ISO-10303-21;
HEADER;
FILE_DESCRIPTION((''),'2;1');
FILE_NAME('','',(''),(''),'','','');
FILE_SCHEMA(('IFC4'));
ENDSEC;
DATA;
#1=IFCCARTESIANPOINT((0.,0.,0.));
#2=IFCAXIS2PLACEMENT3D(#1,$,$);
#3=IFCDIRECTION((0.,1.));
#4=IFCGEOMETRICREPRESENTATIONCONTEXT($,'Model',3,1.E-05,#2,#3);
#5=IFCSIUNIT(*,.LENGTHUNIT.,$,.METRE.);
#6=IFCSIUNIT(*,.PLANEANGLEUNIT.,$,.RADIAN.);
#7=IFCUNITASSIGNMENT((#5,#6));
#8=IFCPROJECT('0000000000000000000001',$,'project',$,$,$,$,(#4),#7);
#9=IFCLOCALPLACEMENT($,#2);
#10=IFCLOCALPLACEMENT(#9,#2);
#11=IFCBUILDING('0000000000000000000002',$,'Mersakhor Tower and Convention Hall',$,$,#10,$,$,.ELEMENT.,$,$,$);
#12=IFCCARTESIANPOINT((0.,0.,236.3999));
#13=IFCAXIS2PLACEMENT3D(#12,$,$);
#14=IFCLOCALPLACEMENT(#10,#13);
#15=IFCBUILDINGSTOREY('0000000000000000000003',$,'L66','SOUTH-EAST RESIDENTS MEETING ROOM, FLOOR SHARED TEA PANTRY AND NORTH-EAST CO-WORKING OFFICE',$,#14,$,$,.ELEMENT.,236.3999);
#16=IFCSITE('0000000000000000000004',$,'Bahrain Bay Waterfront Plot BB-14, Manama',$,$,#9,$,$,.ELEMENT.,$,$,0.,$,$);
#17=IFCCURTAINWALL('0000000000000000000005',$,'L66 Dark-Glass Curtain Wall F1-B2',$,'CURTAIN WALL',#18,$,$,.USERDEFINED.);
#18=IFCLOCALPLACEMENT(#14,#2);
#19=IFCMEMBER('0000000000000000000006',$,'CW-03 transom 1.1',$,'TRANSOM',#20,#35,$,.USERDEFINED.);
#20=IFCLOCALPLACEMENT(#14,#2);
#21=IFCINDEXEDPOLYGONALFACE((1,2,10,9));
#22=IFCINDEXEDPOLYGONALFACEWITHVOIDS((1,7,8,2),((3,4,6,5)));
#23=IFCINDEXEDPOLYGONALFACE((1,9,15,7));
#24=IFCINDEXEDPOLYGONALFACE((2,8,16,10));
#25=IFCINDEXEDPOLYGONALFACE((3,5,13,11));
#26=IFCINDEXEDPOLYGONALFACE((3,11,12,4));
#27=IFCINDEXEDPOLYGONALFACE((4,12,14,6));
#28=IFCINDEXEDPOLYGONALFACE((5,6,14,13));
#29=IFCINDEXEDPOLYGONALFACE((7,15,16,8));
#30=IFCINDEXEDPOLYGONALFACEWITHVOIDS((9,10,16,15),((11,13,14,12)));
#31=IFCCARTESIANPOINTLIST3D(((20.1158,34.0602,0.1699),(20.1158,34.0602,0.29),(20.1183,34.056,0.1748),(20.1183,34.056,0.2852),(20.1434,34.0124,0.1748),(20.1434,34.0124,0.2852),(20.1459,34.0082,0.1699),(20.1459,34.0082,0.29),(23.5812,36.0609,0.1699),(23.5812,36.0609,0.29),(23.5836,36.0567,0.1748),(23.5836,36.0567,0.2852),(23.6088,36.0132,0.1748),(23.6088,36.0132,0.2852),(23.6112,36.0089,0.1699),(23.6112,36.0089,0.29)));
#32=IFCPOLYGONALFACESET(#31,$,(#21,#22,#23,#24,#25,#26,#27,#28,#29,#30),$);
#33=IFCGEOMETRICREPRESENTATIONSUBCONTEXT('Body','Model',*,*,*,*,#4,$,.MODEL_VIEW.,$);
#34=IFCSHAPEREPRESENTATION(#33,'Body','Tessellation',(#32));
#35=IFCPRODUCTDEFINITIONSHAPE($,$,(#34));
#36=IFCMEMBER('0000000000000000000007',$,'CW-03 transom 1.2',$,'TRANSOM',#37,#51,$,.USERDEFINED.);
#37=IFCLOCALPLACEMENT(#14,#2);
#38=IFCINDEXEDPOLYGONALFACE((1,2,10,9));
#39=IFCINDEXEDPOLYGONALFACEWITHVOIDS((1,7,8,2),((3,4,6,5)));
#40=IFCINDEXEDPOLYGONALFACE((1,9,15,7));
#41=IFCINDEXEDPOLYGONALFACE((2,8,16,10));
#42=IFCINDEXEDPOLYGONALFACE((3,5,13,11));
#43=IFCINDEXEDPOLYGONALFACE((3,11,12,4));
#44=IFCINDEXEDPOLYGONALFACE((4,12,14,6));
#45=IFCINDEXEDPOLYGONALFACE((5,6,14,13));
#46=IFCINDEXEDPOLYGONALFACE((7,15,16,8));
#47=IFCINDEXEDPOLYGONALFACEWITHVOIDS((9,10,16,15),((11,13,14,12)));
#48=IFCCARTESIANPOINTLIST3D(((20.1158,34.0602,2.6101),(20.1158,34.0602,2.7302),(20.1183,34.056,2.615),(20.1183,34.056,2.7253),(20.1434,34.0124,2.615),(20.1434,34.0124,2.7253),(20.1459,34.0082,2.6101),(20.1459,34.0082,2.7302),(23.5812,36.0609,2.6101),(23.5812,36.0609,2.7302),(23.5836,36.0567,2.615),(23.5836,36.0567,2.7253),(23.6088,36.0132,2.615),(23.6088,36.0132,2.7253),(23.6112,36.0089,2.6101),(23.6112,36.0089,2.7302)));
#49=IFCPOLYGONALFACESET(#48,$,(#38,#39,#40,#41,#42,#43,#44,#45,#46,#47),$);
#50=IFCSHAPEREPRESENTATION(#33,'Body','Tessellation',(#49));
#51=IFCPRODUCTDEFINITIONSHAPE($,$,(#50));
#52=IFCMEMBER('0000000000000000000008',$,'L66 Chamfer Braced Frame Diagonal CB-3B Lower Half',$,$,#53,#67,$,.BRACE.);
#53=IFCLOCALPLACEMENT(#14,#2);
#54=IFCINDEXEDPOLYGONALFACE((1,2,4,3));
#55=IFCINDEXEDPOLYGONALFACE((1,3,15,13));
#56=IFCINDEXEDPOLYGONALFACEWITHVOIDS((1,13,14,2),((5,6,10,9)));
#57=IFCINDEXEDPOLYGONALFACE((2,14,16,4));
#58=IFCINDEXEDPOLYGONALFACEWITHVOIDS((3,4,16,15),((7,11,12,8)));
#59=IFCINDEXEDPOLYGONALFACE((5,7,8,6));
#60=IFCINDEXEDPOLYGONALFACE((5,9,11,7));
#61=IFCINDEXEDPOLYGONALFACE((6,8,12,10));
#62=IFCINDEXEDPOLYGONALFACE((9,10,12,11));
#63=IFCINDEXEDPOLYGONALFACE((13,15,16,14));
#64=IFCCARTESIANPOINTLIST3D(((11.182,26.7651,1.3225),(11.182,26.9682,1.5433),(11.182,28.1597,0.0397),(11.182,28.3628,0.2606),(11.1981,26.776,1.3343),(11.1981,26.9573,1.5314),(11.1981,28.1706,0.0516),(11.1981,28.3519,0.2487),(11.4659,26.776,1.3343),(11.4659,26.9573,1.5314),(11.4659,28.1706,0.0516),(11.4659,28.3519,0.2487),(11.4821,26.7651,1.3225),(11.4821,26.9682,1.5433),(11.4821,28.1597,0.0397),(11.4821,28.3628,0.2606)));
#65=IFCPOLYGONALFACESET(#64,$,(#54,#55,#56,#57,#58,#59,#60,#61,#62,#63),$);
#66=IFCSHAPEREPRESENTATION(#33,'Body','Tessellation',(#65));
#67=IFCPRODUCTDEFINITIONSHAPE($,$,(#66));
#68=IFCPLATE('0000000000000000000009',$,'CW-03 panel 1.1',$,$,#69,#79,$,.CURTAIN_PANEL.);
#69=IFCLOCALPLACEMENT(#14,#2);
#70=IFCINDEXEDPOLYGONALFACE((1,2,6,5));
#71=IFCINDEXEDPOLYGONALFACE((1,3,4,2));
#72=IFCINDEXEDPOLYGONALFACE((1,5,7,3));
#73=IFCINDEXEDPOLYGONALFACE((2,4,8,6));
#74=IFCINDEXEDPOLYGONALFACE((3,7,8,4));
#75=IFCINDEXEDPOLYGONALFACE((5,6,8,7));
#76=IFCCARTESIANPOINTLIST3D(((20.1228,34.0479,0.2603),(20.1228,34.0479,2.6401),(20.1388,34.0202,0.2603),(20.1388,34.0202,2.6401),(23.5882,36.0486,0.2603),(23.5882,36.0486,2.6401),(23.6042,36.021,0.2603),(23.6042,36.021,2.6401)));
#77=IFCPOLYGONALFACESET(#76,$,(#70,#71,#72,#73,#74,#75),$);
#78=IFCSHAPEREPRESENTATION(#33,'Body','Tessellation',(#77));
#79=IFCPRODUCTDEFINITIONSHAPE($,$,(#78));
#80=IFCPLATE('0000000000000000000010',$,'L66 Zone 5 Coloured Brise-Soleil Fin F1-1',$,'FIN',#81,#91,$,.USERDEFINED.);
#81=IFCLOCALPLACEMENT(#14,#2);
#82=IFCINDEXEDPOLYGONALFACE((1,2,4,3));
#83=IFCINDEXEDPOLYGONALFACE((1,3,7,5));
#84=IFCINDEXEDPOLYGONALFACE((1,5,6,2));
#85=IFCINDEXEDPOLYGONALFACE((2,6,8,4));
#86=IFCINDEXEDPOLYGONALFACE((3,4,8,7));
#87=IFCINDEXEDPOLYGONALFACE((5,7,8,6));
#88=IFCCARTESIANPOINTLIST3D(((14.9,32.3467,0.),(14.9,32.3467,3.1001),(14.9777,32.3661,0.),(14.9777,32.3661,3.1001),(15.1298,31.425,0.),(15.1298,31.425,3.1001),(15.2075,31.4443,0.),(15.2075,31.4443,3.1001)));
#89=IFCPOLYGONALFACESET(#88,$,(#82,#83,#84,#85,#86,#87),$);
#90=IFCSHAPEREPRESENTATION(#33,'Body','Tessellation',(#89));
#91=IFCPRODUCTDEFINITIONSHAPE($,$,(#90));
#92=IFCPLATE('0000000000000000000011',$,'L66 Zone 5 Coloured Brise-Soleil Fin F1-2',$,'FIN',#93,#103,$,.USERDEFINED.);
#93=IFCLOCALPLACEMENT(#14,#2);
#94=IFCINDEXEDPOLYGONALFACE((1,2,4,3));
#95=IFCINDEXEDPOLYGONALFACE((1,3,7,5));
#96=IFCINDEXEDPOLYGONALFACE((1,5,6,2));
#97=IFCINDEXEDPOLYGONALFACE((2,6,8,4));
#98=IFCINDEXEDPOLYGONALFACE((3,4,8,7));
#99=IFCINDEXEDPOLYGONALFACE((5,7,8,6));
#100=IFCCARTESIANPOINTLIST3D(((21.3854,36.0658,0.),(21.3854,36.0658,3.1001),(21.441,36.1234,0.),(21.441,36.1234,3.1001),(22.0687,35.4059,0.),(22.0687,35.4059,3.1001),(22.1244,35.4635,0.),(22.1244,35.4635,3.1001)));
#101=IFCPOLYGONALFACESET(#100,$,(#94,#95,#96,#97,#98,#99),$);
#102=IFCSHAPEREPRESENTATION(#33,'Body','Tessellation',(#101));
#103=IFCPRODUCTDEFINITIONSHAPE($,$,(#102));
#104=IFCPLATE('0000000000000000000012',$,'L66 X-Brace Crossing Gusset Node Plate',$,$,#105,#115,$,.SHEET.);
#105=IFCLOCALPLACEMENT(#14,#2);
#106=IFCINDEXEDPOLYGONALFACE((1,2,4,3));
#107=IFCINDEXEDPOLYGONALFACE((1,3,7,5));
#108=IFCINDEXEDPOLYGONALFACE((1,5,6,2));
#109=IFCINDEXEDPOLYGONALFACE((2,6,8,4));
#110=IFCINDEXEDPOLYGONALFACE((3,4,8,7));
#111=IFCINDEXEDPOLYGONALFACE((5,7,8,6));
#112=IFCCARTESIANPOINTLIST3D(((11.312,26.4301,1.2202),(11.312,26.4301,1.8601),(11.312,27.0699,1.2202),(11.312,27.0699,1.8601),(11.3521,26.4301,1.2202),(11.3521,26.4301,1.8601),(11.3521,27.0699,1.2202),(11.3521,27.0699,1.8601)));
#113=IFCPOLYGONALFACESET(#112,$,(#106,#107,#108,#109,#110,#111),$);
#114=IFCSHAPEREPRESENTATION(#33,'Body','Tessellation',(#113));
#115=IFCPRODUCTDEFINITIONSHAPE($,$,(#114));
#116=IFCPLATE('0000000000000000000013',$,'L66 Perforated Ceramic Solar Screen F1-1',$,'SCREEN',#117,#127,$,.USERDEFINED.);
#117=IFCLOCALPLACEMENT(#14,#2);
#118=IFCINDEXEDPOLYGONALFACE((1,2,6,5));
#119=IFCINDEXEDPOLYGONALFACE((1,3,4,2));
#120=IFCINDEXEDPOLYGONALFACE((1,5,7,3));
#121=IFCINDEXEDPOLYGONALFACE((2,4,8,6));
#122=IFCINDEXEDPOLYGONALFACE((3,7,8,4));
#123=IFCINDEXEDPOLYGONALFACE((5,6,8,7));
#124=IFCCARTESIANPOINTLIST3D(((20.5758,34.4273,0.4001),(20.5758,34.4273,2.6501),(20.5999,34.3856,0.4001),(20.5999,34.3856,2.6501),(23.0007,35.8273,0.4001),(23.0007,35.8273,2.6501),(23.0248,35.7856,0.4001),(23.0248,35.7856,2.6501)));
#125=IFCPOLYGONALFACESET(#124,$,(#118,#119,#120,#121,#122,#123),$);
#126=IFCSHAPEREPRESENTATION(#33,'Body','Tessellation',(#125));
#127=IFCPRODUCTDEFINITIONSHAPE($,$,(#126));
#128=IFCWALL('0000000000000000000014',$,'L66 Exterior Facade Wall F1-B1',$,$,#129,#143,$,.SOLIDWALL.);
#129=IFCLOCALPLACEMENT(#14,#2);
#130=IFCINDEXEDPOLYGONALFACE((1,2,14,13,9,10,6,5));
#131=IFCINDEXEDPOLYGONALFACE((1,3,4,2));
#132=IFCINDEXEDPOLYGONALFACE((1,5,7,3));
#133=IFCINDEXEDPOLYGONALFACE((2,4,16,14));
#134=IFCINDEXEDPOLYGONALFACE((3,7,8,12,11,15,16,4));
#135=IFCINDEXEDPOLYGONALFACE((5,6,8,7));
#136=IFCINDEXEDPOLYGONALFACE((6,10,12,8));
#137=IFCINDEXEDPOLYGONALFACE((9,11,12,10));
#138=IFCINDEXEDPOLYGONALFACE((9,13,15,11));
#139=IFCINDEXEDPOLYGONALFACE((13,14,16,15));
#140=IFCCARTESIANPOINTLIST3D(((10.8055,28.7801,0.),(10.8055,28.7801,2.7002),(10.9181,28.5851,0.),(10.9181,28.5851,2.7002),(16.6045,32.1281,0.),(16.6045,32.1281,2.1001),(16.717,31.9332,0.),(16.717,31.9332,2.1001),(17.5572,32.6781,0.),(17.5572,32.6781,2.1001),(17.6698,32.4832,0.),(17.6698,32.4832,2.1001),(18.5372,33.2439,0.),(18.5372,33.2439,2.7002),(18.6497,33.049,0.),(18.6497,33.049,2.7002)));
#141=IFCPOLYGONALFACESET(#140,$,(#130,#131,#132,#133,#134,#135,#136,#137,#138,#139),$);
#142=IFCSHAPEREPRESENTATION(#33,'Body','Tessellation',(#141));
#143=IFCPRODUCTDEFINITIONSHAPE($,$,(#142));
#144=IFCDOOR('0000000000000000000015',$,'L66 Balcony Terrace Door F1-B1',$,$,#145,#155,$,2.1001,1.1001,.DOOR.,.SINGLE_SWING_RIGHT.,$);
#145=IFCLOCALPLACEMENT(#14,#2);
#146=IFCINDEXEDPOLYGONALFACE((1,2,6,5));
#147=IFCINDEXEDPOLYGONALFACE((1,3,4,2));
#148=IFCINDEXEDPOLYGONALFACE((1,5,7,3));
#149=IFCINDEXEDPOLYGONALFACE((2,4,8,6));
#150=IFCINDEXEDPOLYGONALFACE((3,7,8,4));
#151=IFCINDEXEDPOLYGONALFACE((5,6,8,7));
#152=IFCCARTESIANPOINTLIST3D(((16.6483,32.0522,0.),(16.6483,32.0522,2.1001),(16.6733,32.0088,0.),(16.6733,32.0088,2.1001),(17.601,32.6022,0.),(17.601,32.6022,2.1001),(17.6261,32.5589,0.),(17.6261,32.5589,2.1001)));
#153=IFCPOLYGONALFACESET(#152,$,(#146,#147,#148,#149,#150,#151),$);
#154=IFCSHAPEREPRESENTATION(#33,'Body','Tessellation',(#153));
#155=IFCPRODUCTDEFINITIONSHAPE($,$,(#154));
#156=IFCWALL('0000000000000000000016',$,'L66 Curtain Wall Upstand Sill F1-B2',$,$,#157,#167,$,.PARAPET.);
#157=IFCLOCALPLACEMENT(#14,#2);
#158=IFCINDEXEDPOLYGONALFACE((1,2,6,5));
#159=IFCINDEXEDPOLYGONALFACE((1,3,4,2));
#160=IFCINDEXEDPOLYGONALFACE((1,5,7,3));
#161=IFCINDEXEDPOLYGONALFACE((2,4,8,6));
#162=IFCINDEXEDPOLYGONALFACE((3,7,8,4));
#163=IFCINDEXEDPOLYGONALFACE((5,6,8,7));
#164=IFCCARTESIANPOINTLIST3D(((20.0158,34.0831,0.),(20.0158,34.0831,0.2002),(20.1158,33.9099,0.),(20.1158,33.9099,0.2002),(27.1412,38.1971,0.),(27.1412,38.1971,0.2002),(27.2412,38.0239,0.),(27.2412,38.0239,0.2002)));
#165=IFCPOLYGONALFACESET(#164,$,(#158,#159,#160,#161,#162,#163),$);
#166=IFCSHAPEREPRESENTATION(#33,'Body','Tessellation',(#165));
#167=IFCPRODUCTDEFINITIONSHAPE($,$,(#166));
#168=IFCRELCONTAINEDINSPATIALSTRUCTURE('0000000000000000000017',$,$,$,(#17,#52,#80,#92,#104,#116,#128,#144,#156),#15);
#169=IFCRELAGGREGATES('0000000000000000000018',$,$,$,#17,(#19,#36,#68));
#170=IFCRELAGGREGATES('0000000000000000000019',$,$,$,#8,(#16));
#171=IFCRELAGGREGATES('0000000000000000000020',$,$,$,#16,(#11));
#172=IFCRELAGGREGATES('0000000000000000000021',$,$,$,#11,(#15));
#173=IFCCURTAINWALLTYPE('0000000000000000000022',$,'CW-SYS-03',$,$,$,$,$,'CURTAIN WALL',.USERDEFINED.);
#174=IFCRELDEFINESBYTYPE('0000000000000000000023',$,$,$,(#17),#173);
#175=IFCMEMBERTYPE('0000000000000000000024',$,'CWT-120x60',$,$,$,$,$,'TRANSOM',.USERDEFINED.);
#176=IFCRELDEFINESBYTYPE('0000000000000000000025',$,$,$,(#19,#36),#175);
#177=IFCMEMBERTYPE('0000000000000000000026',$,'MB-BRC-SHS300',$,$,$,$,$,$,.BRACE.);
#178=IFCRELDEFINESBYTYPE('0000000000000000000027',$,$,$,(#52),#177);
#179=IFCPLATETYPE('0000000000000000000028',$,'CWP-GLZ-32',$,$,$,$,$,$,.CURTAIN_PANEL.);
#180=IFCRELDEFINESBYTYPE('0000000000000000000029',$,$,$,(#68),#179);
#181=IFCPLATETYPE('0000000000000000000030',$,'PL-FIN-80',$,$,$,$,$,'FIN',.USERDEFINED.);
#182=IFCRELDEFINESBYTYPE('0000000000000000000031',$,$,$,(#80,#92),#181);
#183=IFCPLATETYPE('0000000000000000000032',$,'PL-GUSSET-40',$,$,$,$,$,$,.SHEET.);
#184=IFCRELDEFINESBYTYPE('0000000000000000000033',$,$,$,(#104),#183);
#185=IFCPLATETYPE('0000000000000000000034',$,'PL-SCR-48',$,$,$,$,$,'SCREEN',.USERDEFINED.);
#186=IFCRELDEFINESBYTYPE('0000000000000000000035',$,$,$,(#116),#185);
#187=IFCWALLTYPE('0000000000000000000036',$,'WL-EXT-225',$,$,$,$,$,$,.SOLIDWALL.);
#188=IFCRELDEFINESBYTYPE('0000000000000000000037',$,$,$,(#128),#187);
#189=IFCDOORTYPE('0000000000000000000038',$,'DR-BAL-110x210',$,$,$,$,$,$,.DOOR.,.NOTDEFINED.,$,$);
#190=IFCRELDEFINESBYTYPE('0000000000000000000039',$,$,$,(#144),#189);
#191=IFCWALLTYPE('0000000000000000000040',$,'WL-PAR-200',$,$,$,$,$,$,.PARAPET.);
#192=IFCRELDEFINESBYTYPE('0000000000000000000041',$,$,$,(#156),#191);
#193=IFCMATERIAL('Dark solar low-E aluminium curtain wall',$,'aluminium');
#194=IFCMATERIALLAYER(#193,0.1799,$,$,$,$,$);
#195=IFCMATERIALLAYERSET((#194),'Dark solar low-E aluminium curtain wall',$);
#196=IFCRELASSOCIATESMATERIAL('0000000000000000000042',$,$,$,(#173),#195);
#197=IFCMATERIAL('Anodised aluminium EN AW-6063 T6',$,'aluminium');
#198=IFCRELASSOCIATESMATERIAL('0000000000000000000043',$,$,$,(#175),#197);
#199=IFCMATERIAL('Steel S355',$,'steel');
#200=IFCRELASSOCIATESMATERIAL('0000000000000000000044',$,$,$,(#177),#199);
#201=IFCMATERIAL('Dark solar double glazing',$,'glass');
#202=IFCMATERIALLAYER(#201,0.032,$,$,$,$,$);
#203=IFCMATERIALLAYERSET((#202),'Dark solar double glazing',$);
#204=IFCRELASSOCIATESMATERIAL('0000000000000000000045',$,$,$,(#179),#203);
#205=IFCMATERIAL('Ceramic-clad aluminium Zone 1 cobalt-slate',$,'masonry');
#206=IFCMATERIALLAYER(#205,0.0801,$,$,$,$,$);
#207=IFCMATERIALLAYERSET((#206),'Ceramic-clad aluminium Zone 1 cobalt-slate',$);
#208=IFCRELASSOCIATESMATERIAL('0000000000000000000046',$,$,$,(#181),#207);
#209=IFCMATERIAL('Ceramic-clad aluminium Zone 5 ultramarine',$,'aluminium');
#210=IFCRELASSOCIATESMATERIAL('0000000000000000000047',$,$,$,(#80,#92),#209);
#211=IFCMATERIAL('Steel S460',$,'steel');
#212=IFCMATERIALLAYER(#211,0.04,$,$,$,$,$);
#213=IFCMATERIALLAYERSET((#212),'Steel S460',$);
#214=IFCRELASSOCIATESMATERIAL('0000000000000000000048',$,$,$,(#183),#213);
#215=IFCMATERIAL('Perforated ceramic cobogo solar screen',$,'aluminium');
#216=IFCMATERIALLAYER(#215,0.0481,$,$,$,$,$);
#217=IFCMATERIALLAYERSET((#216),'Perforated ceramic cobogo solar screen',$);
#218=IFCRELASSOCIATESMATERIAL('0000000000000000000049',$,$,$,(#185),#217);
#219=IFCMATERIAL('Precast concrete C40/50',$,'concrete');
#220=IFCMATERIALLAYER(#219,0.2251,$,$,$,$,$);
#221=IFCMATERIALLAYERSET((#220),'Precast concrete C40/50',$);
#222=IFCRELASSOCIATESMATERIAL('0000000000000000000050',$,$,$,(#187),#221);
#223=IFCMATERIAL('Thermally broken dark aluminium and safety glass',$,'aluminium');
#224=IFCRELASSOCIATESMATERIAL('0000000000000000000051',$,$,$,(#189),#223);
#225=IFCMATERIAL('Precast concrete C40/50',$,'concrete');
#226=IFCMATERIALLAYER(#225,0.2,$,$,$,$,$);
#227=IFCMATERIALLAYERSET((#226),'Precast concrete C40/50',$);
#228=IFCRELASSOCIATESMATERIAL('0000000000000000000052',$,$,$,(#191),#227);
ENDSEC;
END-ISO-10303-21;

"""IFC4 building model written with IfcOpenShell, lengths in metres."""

from ifc_helpers import new_model, si_unit, direction, frame, frame_2d, origin, origin_2d, place, context, subcontext, project, spatial, rectangle, hollow_rectangle, extrude, material, layer, layer_set, material_profile, profile_set, type_object, element, fill, aggregate, save


model = new_model("IFC4")

# Units and contexts
model_context = context("Model", 3, precision=1e-05, world=origin(), true_north=direction((0.0, 1.0)))
body_context = subcontext(model_context, "Body", "Model", "MODEL_VIEW")
ifc_project = project(units=[si_unit("LENGTHUNIT", "METRE"), si_unit("PLANEANGLEUNIT", "RADIAN")], contexts=[model_context])

# Site, building, storey
site_placement = place(None, origin())
site = spatial("IfcSite", under=ifc_project, at=site_placement, Name="Bahrain Bay Waterfront Plot BB-14, Manama", CompositionType="ELEMENT", RefElevation=0.0)
building_placement = place(site_placement, origin())
building = spatial("IfcBuilding", under=site, at=building_placement, Name="Mersakhor Tower and Convention Hall", CompositionType="ELEMENT")
storey_placement = place(building_placement, frame((0.0, 0.0, 236.3999)))
storey = spatial("IfcBuildingStorey", under=building, at=storey_placement, Name="L66", Description="SOUTH-EAST RESIDENTS MEETING ROOM, FLOOR SHARED TEA PANTRY AND NORTH-EAST CO-WORKING OFFICE", CompositionType="ELEMENT", Elevation=236.3999)

# Curtain wall, members
ifc_material_1 = material(Name="Dark solar low-E aluminium curtain wall", Category="aluminium")
ifc_layer_1 = layer(ifc_material_1, 0.1799)
ifc_layer_set_1 = layer_set([ifc_layer_1], Name="Dark solar low-E aluminium curtain wall")
curtain_wall_type = type_object("IfcCurtainWallType", Name="CW-SYS-03", ElementType="CURTAIN WALL", PredefinedType="USERDEFINED", material=ifc_layer_set_1)
curtain_wall_placement = place(storey_placement, origin())
curtain_wall = element("IfcCurtainWall", 1, at=curtain_wall_placement, inside=storey, type_object=curtain_wall_type, Name="L66 Dark-Glass Curtain Wall F1-B2", ObjectType="CURTAIN WALL", PredefinedType="USERDEFINED")
ifc_material_2 = material(Name="Anodised aluminium EN AW-6063 T6", Category="aluminium")
ifc_material_profile_1 = material_profile(ifc_material_2, hollow_rectangle(XDim=0.0601, YDim=0.1201, WallThickness=0.0049, at=origin_2d()), Name="RHS 120x60x5")
ifc_profile_set_1 = profile_set([ifc_material_profile_1], Name="Anodised aluminium EN AW-6063 T6")
member_type_1 = type_object("IfcMemberType", Name="CWT-120x60", ElementType="TRANSOM", PredefinedType="USERDEFINED", material=ifc_profile_set_1)
member_1_placement = place(storey_placement, frame((20.1309, 34.0342, 0.23), z_axis=(0.866023, 0.500004, 0.0), x_axis=(-0.500004, 0.866023, 0.0)))
member_1 = element("IfcMember", 2, at=member_1_placement, type_object=member_type_1, Name="CW-03 transom 1.1", ObjectType="TRANSOM", PredefinedType="USERDEFINED", context=body_context, shape_type="SweptSolid", body=[
    extrude(hollow_rectangle(XDim=0.0601, YDim=0.1201, WallThickness=0.0049, at=origin_2d()), origin(), (0.0, 0.0, 1.0), 4.0015),
])
member_2_placement = place(storey_placement, frame((20.1309, 34.0342, 2.6702), z_axis=(0.866023, 0.500004, 0.0), x_axis=(-0.500004, 0.866023, 0.0)))
member_2 = element("IfcMember", 3, at=member_2_placement, type_object=member_type_1, Name="CW-03 transom 1.2", ObjectType="TRANSOM", PredefinedType="USERDEFINED", context=body_context, shape_type="SweptSolid", body=[
    extrude(hollow_rectangle(XDim=0.0601, YDim=0.1201, WallThickness=0.0049, at=origin_2d()), origin(), (0.0, 0.0, 1.0), 4.0015),
])

# Member
ifc_material_3 = material(Name="Steel S355", Category="steel")
ifc_material_profile_2 = material_profile(ifc_material_3, hollow_rectangle(XDim=0.3, YDim=0.3, WallThickness=0.0161, at=origin_2d()), Name="SHS 300x300x16")
ifc_profile_set_2 = profile_set([ifc_material_profile_2], Name="Steel S355")
member_type_2 = type_object("IfcMemberType", Name="MB-BRC-SHS300", PredefinedType="BRACE", material=ifc_profile_set_2)
member_3_placement = place(storey_placement, frame((11.332, 28.2612, 0.1501), z_axis=(0.0, -0.735998, 0.676984), x_axis=(1.0, 0.0, 0.0)))
element("IfcMember", 4, at=member_3_placement, inside=storey, type_object=member_type_2, Name="L66 Chamfer Braced Frame Diagonal CB-3B Lower Half", PredefinedType="BRACE", context=body_context, shape_type="SweptSolid", body=[
    extrude(hollow_rectangle(XDim=0.3, YDim=0.3, WallThickness=0.0161, at=origin_2d()), origin(), (0.0, 0.0, 1.0), 1.8948),
])

# Plate
ifc_material_4 = material(Name="Dark solar double glazing", Category="glass")
ifc_layer_2 = layer(ifc_material_4, 0.032)
ifc_layer_set_2 = layer_set([ifc_layer_2], Name="Dark solar double glazing")
plate_type_1 = type_object("IfcPlateType", Name="CWP-GLZ-32", PredefinedType="CURTAIN_PANEL", material=ifc_layer_set_2)
plate_1_placement = place(storey_placement, frame((21.8635, 35.0344, 0.2603), z_axis=(0.0, 0.0, 1.0), x_axis=(0.866023, 0.500004, 0.0)))
plate_1 = element("IfcPlate", 5, at=plate_1_placement, type_object=plate_type_1, Name="CW-03 panel 1.1", PredefinedType="CURTAIN_PANEL", context=body_context, shape_type="SweptSolid", body=[
    extrude(rectangle(XDim=4.0015, YDim=0.032, at=origin_2d()), origin(), (0.0, 0.0, 1.0), 2.3799),
])
aggregate(curtain_wall, [member_1, member_2, plate_1])

# Plates
ifc_material_5 = material(Name="Ceramic-clad aluminium Zone 5 ultramarine", Category="aluminium")
ifc_material_6 = material(Name="Ceramic-clad aluminium Zone 1 cobalt-slate", Category="masonry")
ifc_layer_3 = layer(ifc_material_6, 0.0801)
ifc_layer_set_3 = layer_set([ifc_layer_3], Name="Ceramic-clad aluminium Zone 1 cobalt-slate")
plate_type_2 = type_object("IfcPlateType", Name="PL-FIN-80", ElementType="FIN", PredefinedType="USERDEFINED", material=ifc_layer_set_3)
for number, where, z_axis, x_axis, name in (
    (6, (15.0537, 31.8955, 0.0), (0.0, 0.0, 1.0), (-0.241922, 0.970296, 0.0), "L66 Zone 5 Coloured Brise-Soleil Fin F1-1"),
    (7, (21.7549, 35.7646, 0.0), (0.0, 0.0, 1.0), (-0.71934, 0.694658, 0.0), "L66 Zone 5 Coloured Brise-Soleil Fin F1-2"),
):
    element("IfcPlate", number, at=place(storey_placement, frame(where, z_axis=z_axis, x_axis=x_axis)), inside=storey, type_object=plate_type_2, material=ifc_material_5, Name=name, ObjectType="FIN", PredefinedType="USERDEFINED", context=body_context, shape_type="SweptSolid", body=[
        extrude(rectangle(XDim=0.95, YDim=0.0801, at=origin_2d()), origin(), (0.0, 0.0, 1.0), 3.1001),
    ])
ifc_material_7 = material(Name="Steel S460", Category="steel")
ifc_layer_4 = layer(ifc_material_7, 0.04)
ifc_layer_set_4 = layer_set([ifc_layer_4], Name="Steel S460")
plate_type_3 = type_object("IfcPlateType", Name="PL-GUSSET-40", PredefinedType="SHEET", material=ifc_layer_set_4)
plate_2_placement = place(storey_placement, frame((11.332, 26.75, 1.2202), z_axis=(0.0, 0.0, 1.0), x_axis=(0.0, -1.0, 0.0)))
element("IfcPlate", 8, at=plate_2_placement, inside=storey, type_object=plate_type_3, Name="L66 X-Brace Crossing Gusset Node Plate", PredefinedType="SHEET", context=body_context, shape_type="SweptSolid", body=[
    extrude(rectangle(XDim=0.6399, YDim=0.04, at=origin_2d()), origin(), (0.0, 0.0, 1.0), 0.6399),
])
ifc_material_8 = material(Name="Perforated ceramic cobogo solar screen", Category="aluminium")
ifc_layer_5 = layer(ifc_material_8, 0.0481)
ifc_layer_set_5 = layer_set([ifc_layer_5], Name="Perforated ceramic cobogo solar screen")
plate_type_4 = type_object("IfcPlateType", Name="PL-SCR-48", ElementType="SCREEN", PredefinedType="USERDEFINED", material=ifc_layer_set_5)
plate_3_placement = place(storey_placement, frame((21.8003, 35.1064, 0.4001), z_axis=(0.0, 0.0, 1.0), x_axis=(0.866025, 0.5, 0.0)))
element("IfcPlate", 9, at=plate_3_placement, inside=storey, type_object=plate_type_4, Name="L66 Perforated Ceramic Solar Screen F1-1", ObjectType="SCREEN", PredefinedType="USERDEFINED", context=body_context, shape_type="SweptSolid", body=[
    extrude(rectangle(XDim=2.8, YDim=0.0481, at=origin_2d()), origin(), (0.0, 0.0, 1.0), 2.25),
])

# Wall, opening, door
ifc_material_9 = material(Name="Precast concrete C40/50", Category="concrete")
ifc_layer_6 = layer(ifc_material_9, 0.2251)
ifc_layer_set_6 = layer_set([ifc_layer_6], Name="Precast concrete C40/50")
wall_type_1 = type_object("IfcWallType", Name="WL-EXT-225", PredefinedType="SOLIDWALL", material=ifc_layer_set_6)
wall_1_placement = place(storey_placement, frame((10.8618, 28.6826, 0.0), z_axis=(0.0, 0.0, 1.0), x_axis=(0.866027, 0.499998, 0.0)))
wall_1 = element("IfcWall", 10, at=wall_1_placement, inside=storey, type_object=wall_type_1, Name="L66 Exterior Facade Wall F1-B1", PredefinedType="SOLIDWALL", context=body_context, shape_type="SweptSolid", body=[
    extrude(rectangle(XDim=8.9277, YDim=0.2251, at=frame_2d((4.4639, 0.0))), origin(), (0.0, 0.0, 1.0), 2.7002),
])
opening_1_placement = place(wall_1_placement, frame((6.696, 0.0, 0.0)))
opening_1 = element("IfcOpeningElement", 11, at=opening_1_placement, cuts=wall_1, PredefinedType="OPENING", context=body_context, shape_type="SweptSolid", body=[
    extrude(rectangle(XDim=1.1001, YDim=2.1001, at=frame_2d((0.55, 1.05))), frame((0.0, 0.1226, 0.0), z_axis=(0.0, -1.0, 0.0), x_axis=(1.0, 0.0, 0.0)), (0.0, 0.0, 1.0), 0.2451),
])
ifc_material_10 = material(Name="Thermally broken dark aluminium and safety glass", Category="aluminium")
door_type_1 = type_object("IfcDoorType", Name="DR-BAL-110x210", OperationType="NOTDEFINED", PredefinedType="DOOR", material=ifc_material_10)
door_1_placement = place(opening_1_placement, origin())
door_1 = element("IfcDoor", 12, at=door_1_placement, inside=storey, type_object=door_type_1, Name="L66 Balcony Terrace Door F1-B1", OperationType="SINGLE_SWING_RIGHT", OverallHeight=2.1001, OverallWidth=1.1001, PredefinedType="DOOR", context=body_context, shape_type="SweptSolid", body=[
    extrude(rectangle(XDim=1.1001, YDim=2.1001, at=frame_2d((0.55, 1.05))), frame((0.0, 0.0249, 0.0), z_axis=(0.0, -1.0, 0.0), x_axis=(1.0, 0.0, 0.0)), (0.0, 0.0, 1.0), 0.05),
])
fill(opening_1, door_1)

# Wall
ifc_material_11 = material(Name="Precast concrete C40/50", Category="concrete")
ifc_layer_7 = layer(ifc_material_11, 0.2)
ifc_layer_set_7 = layer_set([ifc_layer_7], Name="Precast concrete C40/50")
wall_type_2 = type_object("IfcWallType", Name="WL-PAR-200", PredefinedType="PARAPET", material=ifc_layer_set_7)
wall_2_placement = place(storey_placement, frame((20.0659, 33.9966, 0.0), z_axis=(0.0, 0.0, 1.0), x_axis=(0.86602, 0.50001, 0.0)))
element("IfcWall", 13, at=wall_2_placement, inside=storey, type_object=wall_type_2, Name="L66 Curtain Wall Upstand Sill F1-B2", PredefinedType="PARAPET", context=body_context, shape_type="SweptSolid", body=[
    extrude(rectangle(XDim=8.2278, YDim=0.2, at=frame_2d((4.1138, 0.0))), origin(), (0.0, 0.0, 1.0), 0.2002),
])

save(model, "model.ifc")
